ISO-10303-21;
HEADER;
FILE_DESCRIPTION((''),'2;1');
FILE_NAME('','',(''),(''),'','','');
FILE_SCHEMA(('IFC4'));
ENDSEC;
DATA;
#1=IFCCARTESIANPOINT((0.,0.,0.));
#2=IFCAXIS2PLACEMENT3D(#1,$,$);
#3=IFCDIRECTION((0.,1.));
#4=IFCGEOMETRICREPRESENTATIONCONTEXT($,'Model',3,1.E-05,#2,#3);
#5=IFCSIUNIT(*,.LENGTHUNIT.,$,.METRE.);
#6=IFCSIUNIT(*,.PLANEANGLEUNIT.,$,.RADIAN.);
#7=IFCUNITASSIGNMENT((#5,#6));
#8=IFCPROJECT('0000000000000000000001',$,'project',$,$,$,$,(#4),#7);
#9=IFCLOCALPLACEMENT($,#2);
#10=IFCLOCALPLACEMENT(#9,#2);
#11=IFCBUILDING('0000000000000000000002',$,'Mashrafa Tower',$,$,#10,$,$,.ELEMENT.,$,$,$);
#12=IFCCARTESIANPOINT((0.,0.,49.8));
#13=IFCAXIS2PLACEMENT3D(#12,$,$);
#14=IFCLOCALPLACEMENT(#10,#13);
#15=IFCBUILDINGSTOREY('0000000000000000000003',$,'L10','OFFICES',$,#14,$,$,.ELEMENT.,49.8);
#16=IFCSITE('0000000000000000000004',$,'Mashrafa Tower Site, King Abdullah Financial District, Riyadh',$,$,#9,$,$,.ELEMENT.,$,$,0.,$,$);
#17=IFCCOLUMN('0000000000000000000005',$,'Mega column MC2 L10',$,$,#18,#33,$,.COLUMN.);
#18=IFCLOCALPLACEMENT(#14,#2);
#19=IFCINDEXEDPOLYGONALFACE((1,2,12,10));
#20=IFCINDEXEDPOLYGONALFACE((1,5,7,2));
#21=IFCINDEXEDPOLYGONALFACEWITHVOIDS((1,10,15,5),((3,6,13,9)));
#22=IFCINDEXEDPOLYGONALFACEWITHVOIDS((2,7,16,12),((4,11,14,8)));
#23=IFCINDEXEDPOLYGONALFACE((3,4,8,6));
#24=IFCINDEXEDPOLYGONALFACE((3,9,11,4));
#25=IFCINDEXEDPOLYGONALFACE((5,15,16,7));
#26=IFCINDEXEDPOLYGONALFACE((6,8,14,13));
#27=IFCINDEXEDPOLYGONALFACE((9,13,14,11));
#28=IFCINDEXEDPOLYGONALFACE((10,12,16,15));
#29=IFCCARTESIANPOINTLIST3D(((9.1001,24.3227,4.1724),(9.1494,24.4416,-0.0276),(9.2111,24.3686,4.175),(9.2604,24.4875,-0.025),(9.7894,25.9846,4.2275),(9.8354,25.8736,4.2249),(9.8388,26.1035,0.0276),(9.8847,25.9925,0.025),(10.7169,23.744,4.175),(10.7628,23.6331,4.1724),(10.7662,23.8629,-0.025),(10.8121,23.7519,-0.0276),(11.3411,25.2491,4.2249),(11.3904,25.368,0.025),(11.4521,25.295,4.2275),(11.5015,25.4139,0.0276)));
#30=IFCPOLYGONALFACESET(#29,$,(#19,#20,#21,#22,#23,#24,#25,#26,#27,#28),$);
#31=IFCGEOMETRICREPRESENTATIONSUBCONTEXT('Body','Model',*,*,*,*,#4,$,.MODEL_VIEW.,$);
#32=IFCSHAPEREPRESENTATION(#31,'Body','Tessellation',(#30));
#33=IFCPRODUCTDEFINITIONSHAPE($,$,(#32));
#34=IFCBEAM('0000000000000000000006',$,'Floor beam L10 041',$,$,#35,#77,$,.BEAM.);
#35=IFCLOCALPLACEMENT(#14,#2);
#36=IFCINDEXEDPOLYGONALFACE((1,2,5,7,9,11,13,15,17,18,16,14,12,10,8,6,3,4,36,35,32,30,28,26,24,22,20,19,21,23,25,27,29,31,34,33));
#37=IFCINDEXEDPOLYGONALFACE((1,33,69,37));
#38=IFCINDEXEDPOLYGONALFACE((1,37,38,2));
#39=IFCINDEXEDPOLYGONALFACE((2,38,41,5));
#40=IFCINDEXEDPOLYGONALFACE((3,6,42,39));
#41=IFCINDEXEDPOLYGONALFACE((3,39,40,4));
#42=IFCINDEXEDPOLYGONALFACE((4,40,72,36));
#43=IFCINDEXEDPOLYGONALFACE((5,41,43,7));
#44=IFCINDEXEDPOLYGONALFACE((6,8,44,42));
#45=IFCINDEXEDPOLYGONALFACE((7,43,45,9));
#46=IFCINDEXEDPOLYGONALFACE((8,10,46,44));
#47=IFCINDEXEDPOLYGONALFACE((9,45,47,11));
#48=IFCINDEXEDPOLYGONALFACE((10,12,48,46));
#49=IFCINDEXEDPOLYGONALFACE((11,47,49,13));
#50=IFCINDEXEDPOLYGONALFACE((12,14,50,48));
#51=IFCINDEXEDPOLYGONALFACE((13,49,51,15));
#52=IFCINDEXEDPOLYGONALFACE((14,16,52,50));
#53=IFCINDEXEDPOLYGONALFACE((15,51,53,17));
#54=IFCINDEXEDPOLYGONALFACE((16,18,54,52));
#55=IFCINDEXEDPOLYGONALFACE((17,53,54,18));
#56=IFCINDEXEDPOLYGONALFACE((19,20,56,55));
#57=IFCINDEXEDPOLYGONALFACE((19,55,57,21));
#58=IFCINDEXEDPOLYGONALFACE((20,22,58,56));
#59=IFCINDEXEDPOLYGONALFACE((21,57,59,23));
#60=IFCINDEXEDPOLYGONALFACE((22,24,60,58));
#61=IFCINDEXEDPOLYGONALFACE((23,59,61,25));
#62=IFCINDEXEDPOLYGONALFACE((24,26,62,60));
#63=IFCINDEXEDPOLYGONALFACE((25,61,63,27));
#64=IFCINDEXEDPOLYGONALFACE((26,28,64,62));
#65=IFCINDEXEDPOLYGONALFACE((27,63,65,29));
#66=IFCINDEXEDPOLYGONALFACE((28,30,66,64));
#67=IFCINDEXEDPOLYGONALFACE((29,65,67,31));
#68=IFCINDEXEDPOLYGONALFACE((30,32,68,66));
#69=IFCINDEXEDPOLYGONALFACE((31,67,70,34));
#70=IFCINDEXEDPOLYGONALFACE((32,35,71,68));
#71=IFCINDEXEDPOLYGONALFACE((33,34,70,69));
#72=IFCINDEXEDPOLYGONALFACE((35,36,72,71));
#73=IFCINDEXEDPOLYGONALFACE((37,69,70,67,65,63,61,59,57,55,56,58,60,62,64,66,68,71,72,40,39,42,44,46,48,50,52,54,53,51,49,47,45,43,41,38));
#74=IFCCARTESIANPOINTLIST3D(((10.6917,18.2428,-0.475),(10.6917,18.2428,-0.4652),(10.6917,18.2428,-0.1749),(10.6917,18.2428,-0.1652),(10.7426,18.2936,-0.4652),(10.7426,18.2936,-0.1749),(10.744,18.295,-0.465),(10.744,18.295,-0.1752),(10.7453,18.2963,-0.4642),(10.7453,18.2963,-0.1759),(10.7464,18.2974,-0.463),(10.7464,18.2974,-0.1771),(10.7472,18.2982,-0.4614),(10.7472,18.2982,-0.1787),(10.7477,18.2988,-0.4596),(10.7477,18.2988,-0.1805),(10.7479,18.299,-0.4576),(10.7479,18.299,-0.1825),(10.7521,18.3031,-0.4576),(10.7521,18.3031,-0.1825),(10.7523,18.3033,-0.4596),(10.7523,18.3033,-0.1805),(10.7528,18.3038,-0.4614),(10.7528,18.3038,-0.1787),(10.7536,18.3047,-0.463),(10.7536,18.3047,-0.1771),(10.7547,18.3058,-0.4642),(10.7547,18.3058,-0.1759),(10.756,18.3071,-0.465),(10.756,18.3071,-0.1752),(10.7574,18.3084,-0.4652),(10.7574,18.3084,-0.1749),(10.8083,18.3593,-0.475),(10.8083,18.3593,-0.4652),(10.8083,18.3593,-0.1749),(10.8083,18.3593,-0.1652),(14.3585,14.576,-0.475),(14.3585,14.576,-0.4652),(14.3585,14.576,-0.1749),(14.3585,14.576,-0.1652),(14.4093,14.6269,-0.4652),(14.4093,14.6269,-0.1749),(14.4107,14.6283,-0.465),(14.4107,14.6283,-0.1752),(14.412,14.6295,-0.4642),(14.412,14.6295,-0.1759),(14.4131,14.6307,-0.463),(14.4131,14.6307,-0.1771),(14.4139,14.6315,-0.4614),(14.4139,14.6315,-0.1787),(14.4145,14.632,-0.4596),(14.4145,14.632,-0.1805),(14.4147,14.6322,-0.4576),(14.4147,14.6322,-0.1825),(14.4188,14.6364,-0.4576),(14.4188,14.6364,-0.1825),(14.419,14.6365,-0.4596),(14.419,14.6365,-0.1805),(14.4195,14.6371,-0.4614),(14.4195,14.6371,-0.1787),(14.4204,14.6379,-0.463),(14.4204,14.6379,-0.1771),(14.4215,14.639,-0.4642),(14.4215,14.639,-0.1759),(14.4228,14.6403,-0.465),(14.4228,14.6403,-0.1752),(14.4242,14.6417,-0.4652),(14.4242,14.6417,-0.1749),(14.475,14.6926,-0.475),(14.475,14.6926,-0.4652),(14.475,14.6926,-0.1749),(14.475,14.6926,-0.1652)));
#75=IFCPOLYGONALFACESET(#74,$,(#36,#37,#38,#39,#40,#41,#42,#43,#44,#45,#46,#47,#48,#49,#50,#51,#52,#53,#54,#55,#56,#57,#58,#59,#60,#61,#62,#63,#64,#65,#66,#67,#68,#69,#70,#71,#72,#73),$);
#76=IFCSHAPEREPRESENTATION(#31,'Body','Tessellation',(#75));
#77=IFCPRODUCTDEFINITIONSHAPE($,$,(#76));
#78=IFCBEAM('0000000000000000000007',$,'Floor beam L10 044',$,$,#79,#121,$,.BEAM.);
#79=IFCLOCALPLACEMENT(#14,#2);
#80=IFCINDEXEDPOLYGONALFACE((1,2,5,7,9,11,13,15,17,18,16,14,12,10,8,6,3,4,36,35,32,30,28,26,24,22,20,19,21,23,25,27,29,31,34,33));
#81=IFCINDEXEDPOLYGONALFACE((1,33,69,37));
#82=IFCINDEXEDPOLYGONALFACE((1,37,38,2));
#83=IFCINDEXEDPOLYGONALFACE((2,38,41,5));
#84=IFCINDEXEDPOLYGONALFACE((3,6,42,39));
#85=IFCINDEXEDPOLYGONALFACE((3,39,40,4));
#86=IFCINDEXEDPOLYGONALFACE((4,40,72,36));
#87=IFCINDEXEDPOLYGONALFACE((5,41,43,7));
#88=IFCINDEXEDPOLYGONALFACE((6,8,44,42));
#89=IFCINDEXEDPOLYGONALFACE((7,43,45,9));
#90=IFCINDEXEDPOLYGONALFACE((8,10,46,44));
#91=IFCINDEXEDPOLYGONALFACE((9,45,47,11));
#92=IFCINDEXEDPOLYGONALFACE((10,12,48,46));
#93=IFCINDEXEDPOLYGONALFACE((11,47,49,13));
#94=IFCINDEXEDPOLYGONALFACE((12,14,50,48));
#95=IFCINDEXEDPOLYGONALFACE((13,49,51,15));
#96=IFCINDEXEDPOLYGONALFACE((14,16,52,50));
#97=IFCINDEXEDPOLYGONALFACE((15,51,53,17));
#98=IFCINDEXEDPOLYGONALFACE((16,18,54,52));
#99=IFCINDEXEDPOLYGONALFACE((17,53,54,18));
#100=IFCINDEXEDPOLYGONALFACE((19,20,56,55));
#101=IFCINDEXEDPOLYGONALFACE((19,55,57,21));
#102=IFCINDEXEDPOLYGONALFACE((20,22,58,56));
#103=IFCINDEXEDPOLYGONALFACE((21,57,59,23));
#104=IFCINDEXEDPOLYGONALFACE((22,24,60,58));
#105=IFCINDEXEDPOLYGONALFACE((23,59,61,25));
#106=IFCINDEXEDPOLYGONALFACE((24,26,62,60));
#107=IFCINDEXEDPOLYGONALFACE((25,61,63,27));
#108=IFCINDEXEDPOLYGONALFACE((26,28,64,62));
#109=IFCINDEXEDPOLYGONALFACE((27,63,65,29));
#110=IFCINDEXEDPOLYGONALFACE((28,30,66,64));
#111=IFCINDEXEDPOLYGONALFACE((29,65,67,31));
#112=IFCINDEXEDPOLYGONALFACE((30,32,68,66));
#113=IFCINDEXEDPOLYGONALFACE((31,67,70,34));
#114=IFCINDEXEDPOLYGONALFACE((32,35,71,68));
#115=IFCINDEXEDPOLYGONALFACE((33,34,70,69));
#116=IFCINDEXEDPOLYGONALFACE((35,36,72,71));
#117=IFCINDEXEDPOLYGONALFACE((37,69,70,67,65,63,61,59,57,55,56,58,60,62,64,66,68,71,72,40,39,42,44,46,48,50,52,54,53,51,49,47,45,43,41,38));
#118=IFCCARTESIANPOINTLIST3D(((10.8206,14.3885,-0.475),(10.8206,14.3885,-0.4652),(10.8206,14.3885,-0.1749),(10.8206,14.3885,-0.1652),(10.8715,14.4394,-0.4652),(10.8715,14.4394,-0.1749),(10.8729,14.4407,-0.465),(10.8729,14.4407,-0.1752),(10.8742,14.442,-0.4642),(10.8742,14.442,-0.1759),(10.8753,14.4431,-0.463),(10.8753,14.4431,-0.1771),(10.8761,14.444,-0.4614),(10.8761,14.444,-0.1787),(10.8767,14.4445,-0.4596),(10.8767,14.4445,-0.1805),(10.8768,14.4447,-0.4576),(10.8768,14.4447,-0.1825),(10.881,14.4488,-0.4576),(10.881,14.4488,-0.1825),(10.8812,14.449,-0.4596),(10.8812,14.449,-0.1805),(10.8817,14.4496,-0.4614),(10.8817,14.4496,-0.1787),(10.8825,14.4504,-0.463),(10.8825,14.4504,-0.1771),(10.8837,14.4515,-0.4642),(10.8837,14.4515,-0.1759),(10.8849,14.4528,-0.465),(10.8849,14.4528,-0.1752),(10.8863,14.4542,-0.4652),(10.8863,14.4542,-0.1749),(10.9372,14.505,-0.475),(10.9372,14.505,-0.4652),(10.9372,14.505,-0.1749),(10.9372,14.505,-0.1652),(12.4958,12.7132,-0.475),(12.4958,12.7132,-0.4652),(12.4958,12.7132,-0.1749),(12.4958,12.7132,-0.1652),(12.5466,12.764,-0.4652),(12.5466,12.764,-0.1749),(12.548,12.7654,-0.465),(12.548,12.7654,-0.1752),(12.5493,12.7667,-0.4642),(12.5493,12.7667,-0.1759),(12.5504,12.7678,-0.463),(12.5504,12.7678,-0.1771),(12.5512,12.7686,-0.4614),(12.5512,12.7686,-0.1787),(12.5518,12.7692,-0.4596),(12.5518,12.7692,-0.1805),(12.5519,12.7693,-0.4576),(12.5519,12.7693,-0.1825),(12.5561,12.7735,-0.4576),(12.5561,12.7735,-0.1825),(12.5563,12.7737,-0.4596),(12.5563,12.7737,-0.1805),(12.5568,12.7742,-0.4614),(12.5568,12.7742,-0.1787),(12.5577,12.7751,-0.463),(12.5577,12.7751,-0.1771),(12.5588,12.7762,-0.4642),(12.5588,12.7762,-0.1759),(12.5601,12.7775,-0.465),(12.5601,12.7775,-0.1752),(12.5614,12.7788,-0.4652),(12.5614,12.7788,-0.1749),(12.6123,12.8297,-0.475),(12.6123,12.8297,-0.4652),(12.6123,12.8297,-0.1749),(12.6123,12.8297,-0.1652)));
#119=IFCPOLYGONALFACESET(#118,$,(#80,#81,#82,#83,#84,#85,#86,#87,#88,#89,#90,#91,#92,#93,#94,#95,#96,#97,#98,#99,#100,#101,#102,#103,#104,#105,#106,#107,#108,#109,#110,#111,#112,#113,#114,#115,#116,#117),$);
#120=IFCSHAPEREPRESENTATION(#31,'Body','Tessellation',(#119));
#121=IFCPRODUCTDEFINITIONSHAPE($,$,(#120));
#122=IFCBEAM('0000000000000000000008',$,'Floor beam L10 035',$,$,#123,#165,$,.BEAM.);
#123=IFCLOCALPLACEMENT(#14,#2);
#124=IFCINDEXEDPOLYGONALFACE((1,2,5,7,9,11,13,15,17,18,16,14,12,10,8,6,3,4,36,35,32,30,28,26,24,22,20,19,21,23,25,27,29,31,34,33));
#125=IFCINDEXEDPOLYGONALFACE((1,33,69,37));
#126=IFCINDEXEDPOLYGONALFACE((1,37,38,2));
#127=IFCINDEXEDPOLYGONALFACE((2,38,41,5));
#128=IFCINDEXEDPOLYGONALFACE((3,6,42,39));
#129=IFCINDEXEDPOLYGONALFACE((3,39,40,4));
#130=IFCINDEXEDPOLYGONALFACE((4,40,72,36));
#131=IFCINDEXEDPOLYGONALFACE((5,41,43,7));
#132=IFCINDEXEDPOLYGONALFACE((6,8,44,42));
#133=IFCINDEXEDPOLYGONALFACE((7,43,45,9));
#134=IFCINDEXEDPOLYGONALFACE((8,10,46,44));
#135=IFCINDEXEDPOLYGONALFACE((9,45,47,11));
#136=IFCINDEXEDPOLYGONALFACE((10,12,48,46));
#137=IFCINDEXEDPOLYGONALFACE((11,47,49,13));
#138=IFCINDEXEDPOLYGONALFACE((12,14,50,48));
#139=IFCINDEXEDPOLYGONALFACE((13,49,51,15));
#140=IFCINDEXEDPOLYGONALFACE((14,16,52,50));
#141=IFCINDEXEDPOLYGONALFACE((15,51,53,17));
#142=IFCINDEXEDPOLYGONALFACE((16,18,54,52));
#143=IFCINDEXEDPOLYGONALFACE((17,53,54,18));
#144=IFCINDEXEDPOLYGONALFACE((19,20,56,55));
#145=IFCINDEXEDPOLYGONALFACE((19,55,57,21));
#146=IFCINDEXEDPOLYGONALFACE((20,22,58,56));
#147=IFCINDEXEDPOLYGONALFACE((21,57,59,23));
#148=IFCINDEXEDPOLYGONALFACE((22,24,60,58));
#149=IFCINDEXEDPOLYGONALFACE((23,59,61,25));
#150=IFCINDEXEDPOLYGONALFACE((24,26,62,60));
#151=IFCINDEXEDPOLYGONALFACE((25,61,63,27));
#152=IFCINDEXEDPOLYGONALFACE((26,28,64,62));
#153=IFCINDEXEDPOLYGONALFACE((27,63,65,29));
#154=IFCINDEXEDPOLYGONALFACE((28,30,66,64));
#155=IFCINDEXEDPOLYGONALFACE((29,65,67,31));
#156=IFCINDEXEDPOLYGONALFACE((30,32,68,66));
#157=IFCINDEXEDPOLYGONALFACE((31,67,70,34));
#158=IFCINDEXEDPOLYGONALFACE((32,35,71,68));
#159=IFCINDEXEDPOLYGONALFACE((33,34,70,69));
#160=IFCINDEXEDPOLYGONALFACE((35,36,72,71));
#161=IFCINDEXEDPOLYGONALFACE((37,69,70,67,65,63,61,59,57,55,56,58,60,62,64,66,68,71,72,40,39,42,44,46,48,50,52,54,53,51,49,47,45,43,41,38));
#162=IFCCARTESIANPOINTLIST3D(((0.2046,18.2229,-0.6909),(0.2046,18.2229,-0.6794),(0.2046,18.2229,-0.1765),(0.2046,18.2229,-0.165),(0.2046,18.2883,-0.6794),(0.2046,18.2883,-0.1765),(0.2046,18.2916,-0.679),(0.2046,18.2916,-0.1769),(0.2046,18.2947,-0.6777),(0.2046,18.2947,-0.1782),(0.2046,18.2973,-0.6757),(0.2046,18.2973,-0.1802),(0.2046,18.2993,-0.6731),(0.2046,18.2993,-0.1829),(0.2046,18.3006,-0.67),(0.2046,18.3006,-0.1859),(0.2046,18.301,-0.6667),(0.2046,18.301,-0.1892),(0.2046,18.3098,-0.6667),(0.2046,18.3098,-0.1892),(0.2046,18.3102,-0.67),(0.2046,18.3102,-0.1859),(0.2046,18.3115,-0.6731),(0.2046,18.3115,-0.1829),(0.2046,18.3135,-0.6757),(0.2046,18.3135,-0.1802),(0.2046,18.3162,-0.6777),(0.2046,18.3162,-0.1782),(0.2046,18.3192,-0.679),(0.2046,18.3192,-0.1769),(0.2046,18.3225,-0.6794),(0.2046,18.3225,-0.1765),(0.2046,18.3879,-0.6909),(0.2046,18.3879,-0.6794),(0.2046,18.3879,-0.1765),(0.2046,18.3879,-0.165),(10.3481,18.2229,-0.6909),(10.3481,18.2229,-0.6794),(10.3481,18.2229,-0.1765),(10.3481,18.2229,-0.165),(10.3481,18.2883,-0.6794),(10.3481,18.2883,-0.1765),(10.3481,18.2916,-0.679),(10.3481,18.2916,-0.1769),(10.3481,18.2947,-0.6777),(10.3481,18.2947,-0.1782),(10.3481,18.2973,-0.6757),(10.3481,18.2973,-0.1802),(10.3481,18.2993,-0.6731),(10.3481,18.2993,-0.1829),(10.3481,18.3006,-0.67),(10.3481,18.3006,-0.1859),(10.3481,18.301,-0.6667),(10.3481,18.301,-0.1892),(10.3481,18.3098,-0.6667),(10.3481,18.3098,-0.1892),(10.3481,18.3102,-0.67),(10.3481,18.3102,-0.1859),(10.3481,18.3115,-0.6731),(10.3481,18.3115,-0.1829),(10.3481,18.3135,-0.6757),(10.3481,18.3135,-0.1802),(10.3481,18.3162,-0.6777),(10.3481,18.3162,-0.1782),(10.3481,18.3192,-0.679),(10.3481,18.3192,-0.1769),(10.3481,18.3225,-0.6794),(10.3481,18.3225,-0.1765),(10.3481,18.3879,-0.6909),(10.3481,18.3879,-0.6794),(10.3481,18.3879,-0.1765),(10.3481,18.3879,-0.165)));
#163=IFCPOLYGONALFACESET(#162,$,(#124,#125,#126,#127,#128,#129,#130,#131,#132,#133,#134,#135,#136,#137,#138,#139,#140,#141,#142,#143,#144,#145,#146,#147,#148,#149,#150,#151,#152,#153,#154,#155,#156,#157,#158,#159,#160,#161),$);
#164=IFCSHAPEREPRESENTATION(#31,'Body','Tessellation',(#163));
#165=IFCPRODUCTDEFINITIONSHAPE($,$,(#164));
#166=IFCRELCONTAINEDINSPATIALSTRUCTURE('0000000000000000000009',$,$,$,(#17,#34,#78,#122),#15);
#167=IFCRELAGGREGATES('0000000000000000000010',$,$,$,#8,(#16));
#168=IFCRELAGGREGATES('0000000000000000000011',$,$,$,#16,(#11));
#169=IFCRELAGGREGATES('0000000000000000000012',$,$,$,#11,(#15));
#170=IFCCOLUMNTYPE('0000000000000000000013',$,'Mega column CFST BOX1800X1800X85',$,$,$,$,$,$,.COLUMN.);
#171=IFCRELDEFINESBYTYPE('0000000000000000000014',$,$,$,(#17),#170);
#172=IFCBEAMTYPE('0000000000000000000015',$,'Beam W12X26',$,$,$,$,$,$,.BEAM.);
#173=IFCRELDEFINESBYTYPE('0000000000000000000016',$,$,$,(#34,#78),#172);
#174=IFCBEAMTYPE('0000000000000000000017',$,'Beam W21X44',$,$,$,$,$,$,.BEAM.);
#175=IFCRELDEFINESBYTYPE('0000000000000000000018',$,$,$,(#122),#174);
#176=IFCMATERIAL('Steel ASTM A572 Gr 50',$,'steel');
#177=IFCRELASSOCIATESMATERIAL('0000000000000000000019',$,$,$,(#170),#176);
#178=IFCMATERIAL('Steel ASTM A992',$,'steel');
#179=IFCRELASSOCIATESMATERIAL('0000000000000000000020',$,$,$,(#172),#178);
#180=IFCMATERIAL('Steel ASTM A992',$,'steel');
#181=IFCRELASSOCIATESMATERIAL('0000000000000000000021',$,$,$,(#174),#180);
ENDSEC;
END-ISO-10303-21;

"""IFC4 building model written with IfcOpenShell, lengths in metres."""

from ifc_helpers import new_model, si_unit, direction, frame, origin, origin_2d, place, context, subcontext, project, spatial, hollow_rectangle, i_section, extrude, material, material_profile, profile_set, type_object, element, save


model = new_model("IFC4")

# Units and contexts
model_context = context("Model", 3, precision=1e-05, world=origin(), true_north=direction((0.0, 1.0)))
body_context = subcontext(model_context, "Body", "Model", "MODEL_VIEW")
ifc_project = project(units=[si_unit("LENGTHUNIT", "METRE"), si_unit("PLANEANGLEUNIT", "RADIAN")], contexts=[model_context])

# Site, building, storey
site_placement = place(None, origin())
site = spatial("IfcSite", under=ifc_project, at=site_placement, Name="Mashrafa Tower Site, King Abdullah Financial District, Riyadh", CompositionType="ELEMENT", RefElevation=0.0)
building_placement = place(site_placement, origin())
building = spatial("IfcBuilding", under=site, at=building_placement, Name="Mashrafa Tower", CompositionType="ELEMENT")
storey_placement = place(building_placement, frame((0.0, 0.0, 49.8)))
storey = spatial("IfcBuildingStorey", under=building, at=storey_placement, Name="L10", Description="OFFICES", CompositionType="ELEMENT", Elevation=49.8)

# Column
ifc_material_1 = material(Name="Steel ASTM A572 Gr 50", Category="steel")
ifc_material_profile_1 = material_profile(ifc_material_1, hollow_rectangle(XDim=1.8, YDim=1.8, WallThickness=0.085, at=origin_2d()), Name="BOX1800X1800X85")
ifc_profile_set_1 = profile_set([ifc_material_profile_1], Name="Steel ASTM A572 Gr 50")
column_type = type_object("IfcColumnType", Name="Mega column CFST BOX1800X1800X85", PredefinedType="COLUMN", material=ifc_profile_set_1)
column_placement = place(storey_placement, frame((10.3254, 24.9277, 0.0), z_axis=(-0.011737, -0.028296, 0.999531), x_axis=(0.923693, -0.383133, 0.0)))
element("IfcColumn", 1, at=column_placement, inside=storey, type_object=column_type, Name="Mega column MC2 L10", PredefinedType="COLUMN", context=body_context, shape_type="SweptSolid", body=[
    extrude(hollow_rectangle(XDim=1.8, YDim=1.8, WallThickness=0.085, at=origin_2d()), origin(), (0.0, 0.0, 1.0), 4.2019),
])

# Beams
ifc_material_2 = material(Name="Steel ASTM A992", Category="steel")
ifc_material_profile_2 = material_profile(ifc_material_2, i_section(OverallWidth=0.1648, OverallDepth=0.3098, WebThickness=0.0059, FlangeThickness=0.0098, FilletRadius=0.0076, at=origin_2d()), Name="W12X26")
ifc_profile_set_2 = profile_set([ifc_material_profile_2], Name="Steel ASTM A992")
beam_type_1 = type_object("IfcBeamType", Name="Beam W12X26", PredefinedType="BEAM", material=ifc_profile_set_2)
beam_1_placement = place(storey_placement, frame((10.75, 18.301, -0.3201), z_axis=(0.707107, -0.707107, 0.0), x_axis=(0.707107, 0.707107, 0.0)))
element("IfcBeam", 2, at=beam_1_placement, inside=storey, type_object=beam_type_1, Name="Floor beam L10 041", PredefinedType="BEAM", context=body_context, shape_type="SweptSolid", body=[
    extrude(i_section(OverallWidth=0.1648, OverallDepth=0.3098, WebThickness=0.0059, FlangeThickness=0.0098, FilletRadius=0.0076, at=origin_2d()), origin(), (0.0, 0.0, 1.0), 5.1855),
])
beam_2_placement = place(storey_placement, frame((10.8789, 14.4468, -0.3201), z_axis=(0.707055, -0.707158, 0.0), x_axis=(0.707158, 0.707055, 0.0)))
element("IfcBeam", 3, at=beam_2_placement, inside=storey, type_object=beam_type_1, Name="Floor beam L10 044", PredefinedType="BEAM", context=body_context, shape_type="SweptSolid", body=[
    extrude(i_section(OverallWidth=0.1648, OverallDepth=0.3098, WebThickness=0.0059, FlangeThickness=0.0098, FilletRadius=0.0076, at=origin_2d()), origin(), (0.0, 0.0, 1.0), 2.3691),
])
ifc_material_3 = material(Name="Steel ASTM A992", Category="steel")
ifc_material_profile_3 = material_profile(ifc_material_3, i_section(OverallWidth=0.165, OverallDepth=0.5259, WebThickness=0.0088, FlangeThickness=0.0115, FilletRadius=0.0127, at=origin_2d()), Name="W21X44")
ifc_profile_set_3 = profile_set([ifc_material_profile_3], Name="Steel ASTM A992")
beam_type_2 = type_object("IfcBeamType", Name="Beam W21X44", PredefinedType="BEAM", material=ifc_profile_set_3)
beam_3_placement = place(storey_placement, frame((0.2046, 18.3054, -0.428), z_axis=(1.0, 0.0, 0.0), x_axis=(0.0, 1.0, 0.0)))
element("IfcBeam", 4, at=beam_3_placement, inside=storey, type_object=beam_type_2, Name="Floor beam L10 035", PredefinedType="BEAM", context=body_context, shape_type="SweptSolid", body=[
    extrude(i_section(OverallWidth=0.165, OverallDepth=0.5259, WebThickness=0.0088, FlangeThickness=0.0115, FilletRadius=0.0127, at=origin_2d()), origin(), (0.0, 0.0, 1.0), 10.1436),
])

save(model, "model.ifc")
